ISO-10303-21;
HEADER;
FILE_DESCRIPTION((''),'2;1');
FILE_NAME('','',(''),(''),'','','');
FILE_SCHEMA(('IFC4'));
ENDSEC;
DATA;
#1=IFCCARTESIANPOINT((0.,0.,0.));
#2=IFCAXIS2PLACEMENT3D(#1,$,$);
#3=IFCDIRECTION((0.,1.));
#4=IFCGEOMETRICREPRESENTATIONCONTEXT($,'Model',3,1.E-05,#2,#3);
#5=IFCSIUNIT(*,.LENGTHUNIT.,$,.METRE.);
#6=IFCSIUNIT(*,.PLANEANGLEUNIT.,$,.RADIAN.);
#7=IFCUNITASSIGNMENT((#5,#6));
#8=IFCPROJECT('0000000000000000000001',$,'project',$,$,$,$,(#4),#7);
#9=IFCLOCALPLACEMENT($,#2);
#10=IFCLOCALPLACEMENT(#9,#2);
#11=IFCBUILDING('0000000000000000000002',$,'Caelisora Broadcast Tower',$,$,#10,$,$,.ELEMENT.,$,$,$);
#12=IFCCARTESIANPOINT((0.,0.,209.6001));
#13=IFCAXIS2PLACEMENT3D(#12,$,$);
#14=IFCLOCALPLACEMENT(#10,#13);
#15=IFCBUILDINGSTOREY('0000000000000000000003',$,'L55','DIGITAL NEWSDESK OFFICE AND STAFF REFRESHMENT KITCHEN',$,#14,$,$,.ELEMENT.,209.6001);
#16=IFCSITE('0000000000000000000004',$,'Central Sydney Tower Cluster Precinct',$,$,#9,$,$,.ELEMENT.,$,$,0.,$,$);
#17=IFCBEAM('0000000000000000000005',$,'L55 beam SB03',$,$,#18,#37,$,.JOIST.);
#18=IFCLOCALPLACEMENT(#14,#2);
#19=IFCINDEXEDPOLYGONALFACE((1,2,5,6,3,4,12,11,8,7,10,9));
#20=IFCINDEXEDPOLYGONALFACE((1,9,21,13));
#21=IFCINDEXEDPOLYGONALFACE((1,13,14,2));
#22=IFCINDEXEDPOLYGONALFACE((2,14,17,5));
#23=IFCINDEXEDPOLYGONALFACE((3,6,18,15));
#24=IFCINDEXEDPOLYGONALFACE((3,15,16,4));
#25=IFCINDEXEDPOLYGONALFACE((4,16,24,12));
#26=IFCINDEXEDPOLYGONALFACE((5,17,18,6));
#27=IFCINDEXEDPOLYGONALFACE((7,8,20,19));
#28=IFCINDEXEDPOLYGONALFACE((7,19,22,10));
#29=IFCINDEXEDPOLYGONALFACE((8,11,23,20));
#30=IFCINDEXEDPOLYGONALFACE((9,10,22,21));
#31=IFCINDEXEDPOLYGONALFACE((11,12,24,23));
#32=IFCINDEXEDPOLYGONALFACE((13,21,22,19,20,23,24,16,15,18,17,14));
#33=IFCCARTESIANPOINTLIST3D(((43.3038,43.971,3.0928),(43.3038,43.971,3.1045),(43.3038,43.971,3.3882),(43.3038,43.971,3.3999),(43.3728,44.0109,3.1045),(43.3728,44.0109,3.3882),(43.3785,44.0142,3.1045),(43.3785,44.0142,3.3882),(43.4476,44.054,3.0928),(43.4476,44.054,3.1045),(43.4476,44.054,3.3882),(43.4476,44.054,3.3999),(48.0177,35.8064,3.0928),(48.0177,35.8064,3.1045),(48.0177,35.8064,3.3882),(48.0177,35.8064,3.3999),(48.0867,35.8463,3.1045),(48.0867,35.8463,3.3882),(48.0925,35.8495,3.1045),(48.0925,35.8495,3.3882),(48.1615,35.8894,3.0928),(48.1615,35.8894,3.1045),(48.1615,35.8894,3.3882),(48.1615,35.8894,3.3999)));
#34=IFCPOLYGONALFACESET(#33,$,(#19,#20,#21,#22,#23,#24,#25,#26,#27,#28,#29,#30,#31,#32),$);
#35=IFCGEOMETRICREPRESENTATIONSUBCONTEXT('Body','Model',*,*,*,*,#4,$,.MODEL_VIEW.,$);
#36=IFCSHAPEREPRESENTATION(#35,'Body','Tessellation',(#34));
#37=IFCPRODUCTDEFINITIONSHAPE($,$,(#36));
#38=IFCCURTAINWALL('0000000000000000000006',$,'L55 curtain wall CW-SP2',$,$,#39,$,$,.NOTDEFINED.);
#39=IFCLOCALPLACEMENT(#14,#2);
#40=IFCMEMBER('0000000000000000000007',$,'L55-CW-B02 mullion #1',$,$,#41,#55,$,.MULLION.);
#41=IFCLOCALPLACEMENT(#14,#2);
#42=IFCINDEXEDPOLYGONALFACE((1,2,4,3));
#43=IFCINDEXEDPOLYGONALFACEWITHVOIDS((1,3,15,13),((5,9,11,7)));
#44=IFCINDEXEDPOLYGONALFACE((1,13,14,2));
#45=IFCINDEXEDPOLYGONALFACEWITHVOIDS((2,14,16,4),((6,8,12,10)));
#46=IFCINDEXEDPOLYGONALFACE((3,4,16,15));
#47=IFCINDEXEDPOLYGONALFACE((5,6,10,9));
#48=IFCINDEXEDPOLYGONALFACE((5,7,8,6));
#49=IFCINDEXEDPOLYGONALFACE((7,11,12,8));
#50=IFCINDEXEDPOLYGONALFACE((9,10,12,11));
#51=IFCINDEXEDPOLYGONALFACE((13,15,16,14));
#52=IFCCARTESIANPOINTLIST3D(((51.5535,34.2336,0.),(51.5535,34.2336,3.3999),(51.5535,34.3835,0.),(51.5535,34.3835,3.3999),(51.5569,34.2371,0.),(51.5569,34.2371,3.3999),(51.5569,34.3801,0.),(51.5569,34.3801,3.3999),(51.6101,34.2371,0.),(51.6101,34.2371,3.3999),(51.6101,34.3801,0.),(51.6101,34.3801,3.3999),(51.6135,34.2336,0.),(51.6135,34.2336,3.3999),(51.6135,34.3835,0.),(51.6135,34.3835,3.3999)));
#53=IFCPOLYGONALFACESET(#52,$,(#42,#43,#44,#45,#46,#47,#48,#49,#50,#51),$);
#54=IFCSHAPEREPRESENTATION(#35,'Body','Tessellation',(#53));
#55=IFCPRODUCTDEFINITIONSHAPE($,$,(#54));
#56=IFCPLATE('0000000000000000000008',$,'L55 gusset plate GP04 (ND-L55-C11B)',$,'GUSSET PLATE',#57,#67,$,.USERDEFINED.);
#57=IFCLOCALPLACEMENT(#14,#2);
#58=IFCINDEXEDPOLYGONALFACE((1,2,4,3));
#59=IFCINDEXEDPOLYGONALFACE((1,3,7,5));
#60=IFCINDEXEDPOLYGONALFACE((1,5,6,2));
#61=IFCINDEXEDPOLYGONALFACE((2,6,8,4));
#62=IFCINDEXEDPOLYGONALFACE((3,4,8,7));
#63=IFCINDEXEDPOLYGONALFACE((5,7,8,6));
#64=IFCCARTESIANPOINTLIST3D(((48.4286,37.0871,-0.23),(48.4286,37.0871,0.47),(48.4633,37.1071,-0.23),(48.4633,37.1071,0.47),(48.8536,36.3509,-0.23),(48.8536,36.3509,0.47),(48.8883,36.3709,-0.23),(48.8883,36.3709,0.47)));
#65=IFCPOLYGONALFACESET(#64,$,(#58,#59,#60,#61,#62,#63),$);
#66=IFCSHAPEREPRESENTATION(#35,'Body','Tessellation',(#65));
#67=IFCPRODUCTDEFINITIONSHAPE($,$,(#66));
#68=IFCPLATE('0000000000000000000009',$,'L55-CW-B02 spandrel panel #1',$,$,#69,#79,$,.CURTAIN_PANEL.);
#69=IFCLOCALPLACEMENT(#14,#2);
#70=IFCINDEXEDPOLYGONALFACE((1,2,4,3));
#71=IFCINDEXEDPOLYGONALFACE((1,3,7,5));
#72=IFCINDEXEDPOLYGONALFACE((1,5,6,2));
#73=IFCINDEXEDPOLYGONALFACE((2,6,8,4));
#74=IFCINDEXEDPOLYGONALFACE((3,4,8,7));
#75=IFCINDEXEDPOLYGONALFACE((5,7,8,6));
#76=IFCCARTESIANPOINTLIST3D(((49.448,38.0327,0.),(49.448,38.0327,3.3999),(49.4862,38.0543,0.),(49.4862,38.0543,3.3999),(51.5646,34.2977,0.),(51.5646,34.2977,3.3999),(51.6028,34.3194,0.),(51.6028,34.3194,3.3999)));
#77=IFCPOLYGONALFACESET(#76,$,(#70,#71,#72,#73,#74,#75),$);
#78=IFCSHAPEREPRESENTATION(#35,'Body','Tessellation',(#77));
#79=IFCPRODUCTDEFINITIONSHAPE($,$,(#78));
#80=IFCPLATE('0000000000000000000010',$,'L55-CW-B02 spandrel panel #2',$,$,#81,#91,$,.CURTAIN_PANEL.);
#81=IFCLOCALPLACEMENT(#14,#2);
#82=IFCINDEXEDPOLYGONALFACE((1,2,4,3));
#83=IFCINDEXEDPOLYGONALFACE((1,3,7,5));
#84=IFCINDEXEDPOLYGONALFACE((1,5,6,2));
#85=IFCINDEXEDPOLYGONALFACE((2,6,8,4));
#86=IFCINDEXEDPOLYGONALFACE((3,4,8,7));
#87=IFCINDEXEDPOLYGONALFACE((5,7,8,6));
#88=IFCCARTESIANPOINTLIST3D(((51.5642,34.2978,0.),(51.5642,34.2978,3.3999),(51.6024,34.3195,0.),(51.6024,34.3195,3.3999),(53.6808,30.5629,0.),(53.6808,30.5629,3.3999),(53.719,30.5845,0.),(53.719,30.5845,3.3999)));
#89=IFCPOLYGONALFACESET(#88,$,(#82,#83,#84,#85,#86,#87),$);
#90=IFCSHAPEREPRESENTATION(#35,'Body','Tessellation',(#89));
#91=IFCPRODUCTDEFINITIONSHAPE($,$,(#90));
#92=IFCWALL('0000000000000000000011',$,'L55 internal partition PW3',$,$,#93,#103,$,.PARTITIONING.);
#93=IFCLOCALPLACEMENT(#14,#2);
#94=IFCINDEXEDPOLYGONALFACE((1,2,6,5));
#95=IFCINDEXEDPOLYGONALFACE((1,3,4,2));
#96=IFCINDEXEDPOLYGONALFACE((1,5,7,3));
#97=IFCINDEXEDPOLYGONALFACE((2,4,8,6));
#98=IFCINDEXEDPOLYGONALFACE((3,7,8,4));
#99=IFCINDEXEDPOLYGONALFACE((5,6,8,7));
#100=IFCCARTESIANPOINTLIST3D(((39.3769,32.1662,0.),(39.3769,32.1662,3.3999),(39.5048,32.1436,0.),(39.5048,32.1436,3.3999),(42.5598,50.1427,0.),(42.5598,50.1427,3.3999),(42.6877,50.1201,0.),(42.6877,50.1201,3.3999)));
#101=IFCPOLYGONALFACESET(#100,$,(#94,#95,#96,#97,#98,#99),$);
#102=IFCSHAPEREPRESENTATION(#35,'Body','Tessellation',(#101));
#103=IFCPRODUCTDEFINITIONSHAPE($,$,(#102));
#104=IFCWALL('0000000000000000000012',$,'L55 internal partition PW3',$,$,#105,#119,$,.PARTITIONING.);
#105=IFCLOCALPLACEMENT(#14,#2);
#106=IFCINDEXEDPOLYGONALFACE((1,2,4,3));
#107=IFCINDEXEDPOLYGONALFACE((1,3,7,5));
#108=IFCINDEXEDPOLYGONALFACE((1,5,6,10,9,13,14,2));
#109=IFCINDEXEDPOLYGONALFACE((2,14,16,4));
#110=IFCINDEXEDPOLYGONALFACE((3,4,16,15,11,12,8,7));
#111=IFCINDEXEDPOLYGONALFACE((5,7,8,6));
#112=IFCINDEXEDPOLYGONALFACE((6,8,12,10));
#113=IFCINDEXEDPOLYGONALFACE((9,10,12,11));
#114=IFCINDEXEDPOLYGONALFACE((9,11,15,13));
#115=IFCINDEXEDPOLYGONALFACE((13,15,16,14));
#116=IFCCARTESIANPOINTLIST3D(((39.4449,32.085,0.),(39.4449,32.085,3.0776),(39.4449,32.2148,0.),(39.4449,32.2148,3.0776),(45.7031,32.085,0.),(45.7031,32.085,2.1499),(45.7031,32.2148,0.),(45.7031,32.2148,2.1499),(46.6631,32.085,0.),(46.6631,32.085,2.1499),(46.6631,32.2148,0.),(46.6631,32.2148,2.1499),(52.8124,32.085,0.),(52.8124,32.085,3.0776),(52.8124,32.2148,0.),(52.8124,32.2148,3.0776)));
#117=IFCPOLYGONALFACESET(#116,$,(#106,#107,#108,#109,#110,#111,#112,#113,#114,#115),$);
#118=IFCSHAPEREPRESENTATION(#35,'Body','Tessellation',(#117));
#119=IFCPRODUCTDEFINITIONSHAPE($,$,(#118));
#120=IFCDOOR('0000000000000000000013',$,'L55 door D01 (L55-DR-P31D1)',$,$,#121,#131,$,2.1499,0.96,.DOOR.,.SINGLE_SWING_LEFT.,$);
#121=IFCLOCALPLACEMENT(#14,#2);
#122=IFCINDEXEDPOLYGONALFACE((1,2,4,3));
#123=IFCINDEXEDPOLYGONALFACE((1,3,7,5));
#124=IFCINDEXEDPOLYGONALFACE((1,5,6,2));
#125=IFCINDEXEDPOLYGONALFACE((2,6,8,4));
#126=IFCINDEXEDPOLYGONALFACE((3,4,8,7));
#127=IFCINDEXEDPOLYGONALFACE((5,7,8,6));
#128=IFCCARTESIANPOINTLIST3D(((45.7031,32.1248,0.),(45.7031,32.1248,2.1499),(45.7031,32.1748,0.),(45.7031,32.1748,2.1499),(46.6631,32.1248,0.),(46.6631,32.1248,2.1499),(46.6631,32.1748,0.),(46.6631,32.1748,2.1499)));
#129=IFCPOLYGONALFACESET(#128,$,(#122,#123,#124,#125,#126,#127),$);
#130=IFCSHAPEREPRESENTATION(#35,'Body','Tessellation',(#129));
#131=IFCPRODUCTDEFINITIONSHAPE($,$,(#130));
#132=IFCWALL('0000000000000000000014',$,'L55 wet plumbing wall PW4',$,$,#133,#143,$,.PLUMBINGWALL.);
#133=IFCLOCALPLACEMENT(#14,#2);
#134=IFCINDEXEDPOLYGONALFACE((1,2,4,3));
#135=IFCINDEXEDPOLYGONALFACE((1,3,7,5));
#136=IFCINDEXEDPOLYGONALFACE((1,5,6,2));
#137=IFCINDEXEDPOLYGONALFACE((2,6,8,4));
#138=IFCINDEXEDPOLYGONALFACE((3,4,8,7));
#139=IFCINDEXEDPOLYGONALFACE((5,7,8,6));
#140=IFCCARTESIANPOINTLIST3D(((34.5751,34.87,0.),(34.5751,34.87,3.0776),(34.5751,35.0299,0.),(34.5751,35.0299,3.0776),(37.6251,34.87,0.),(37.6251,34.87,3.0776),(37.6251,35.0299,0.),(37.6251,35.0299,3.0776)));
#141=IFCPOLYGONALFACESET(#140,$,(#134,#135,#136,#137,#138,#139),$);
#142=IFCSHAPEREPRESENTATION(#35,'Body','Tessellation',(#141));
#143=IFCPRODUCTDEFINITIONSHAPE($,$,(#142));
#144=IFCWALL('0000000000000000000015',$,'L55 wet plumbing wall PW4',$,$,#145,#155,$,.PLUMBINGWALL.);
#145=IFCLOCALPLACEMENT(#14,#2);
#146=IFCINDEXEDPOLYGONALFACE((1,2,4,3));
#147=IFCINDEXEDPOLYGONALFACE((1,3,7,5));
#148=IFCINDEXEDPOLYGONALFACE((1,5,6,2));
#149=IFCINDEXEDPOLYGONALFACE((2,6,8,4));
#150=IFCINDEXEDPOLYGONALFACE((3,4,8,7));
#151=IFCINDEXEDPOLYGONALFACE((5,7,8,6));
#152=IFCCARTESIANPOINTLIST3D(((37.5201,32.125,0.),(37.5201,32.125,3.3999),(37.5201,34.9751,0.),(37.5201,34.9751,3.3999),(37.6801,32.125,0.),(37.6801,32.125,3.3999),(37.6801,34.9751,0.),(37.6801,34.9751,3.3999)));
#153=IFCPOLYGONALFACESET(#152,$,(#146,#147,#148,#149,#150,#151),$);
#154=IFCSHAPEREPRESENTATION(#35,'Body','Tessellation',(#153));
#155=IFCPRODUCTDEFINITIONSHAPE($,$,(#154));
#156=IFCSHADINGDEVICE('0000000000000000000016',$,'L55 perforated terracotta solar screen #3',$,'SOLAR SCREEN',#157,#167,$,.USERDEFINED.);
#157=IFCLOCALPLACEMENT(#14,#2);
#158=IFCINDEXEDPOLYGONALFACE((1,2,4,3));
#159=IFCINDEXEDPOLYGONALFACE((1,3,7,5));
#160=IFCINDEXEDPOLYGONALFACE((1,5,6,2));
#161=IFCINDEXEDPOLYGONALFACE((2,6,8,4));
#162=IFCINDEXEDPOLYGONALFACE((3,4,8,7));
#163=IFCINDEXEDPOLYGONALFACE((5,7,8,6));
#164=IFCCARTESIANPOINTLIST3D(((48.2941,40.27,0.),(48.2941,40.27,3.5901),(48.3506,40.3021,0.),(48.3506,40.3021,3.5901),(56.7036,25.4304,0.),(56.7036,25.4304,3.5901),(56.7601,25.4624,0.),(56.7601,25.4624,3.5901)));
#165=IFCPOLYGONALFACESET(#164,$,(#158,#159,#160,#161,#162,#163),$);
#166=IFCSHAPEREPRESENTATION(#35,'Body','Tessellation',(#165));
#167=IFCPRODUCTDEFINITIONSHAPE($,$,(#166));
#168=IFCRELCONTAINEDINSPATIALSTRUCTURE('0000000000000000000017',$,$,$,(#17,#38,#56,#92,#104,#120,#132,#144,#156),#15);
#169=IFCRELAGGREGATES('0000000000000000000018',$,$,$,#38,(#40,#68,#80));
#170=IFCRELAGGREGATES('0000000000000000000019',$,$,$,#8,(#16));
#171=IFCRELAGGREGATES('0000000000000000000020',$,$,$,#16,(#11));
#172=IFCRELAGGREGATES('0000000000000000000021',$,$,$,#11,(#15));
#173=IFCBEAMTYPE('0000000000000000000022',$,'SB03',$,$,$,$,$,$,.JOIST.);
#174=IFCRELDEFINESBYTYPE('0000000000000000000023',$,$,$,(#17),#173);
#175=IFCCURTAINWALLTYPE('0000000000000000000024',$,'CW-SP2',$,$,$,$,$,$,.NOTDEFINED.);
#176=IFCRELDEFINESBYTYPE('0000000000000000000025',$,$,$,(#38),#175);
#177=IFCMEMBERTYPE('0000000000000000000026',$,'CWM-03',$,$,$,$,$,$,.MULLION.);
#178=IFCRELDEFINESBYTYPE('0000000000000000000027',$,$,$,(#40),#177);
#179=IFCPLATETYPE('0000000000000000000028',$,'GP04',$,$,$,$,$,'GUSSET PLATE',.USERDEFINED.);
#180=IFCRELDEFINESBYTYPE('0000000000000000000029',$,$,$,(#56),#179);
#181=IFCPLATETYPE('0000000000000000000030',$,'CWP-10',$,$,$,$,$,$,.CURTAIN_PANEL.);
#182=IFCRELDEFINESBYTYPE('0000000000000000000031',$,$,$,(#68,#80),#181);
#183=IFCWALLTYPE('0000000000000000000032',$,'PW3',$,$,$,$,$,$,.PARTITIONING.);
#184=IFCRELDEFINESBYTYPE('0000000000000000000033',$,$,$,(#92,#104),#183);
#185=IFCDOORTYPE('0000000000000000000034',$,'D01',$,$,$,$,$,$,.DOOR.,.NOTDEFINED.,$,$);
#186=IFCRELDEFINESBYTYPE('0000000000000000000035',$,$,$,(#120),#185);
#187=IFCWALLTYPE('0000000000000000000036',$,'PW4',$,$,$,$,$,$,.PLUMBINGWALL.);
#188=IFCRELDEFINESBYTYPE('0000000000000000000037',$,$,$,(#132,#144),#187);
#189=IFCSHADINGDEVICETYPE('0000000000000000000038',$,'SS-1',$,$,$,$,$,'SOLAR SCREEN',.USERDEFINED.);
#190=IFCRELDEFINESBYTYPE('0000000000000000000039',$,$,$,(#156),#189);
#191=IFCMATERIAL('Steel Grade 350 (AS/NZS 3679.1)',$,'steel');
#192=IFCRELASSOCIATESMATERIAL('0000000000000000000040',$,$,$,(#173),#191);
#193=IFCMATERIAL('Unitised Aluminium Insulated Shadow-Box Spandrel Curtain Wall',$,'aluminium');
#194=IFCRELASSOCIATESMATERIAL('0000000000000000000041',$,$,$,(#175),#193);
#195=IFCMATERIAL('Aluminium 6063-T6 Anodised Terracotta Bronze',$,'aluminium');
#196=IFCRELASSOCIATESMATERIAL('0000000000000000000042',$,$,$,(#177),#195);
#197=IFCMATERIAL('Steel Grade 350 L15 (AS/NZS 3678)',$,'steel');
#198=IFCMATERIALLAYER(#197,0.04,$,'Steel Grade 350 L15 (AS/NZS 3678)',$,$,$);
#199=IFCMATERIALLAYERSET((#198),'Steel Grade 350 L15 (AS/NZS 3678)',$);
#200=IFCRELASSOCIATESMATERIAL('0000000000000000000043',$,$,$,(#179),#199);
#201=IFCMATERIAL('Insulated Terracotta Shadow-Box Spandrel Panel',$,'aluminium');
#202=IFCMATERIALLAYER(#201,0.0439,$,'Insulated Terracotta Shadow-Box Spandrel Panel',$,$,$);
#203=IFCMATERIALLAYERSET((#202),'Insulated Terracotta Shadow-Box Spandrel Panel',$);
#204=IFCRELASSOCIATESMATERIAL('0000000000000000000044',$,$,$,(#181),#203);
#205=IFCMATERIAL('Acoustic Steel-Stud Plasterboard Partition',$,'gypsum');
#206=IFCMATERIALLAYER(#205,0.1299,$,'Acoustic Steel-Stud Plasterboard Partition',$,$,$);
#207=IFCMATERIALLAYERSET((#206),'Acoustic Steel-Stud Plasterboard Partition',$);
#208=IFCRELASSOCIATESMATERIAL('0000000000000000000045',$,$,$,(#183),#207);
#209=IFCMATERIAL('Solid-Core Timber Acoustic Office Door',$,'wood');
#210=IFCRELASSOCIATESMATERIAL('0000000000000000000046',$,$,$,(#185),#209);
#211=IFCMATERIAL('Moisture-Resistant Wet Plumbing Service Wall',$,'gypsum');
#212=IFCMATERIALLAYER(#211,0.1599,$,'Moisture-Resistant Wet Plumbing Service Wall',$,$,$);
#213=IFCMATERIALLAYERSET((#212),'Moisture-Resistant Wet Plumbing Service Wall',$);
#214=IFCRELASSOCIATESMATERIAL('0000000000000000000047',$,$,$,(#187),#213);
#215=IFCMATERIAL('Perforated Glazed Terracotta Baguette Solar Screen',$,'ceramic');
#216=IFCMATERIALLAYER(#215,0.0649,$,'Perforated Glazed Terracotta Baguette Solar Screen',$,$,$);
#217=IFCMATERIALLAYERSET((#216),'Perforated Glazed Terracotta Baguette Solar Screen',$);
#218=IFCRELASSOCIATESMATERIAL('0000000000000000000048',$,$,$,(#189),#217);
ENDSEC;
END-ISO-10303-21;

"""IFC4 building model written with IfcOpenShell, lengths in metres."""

from ifc_helpers import new_model, si_unit, direction, frame, frame_2d, origin, origin_2d, place, context, subcontext, project, spatial, rectangle, hollow_rectangle, i_section, extrude, source, transform, mapped, material, layer, layer_set, material_profile, profile_set, type_object, type_shapes, element, fill, aggregate, save


model = new_model("IFC4")

# Units and contexts
model_context = context("Model", 3, precision=1e-05, world=origin(), true_north=direction((0.0, 1.0)))
body_context = subcontext(model_context, "Body", "Model", "MODEL_VIEW")
ifc_project = project(units=[si_unit("LENGTHUNIT", "METRE"), si_unit("PLANEANGLEUNIT", "RADIAN")], contexts=[model_context])

# Site, building, storey
site_placement = place(None, origin())
site = spatial("IfcSite", under=ifc_project, at=site_placement, Name="Central Sydney Tower Cluster Precinct", CompositionType="ELEMENT", RefElevation=0.0)
building_placement = place(site_placement, origin())
building = spatial("IfcBuilding", under=site, at=building_placement, Name="Caelisora Broadcast Tower", CompositionType="ELEMENT")
storey_placement = place(building_placement, frame((0.0, 0.0, 209.6001)))
storey = spatial("IfcBuildingStorey", under=building, at=storey_placement, Name="L55", Description="DIGITAL NEWSDESK OFFICE AND STAFF REFRESHMENT KITCHEN", CompositionType="ELEMENT", Elevation=209.6001)

# Shared definitions
ifc_material_1 = material(Name="Steel Grade 350 L15 (AS/NZS 3678)", Category="steel")

# Beam
ifc_material_2 = material(Name="Steel Grade 350 (AS/NZS 3679.1)", Category="steel")
ifc_material_profile_1 = material_profile(ifc_material_2, i_section(OverallWidth=0.166, OverallDepth=0.3071, WebThickness=0.0066, FlangeThickness=0.0117, at=origin_2d()), Name="Steel Grade 350 (AS/NZS 3679.1)")
ifc_profile_set_1 = profile_set([ifc_material_profile_1], Name="Steel Grade 350 (AS/NZS 3679.1)")
beam_type_1 = type_object("IfcBeamType", Name="SB03", PredefinedType="JOIST", material=ifc_profile_set_1)
shared_shape_1 = source(origin(), body_context, "Body", "SweptSolid", [
    extrude(i_section(OverallWidth=0.166, OverallDepth=0.3071, WebThickness=0.0066, FlangeThickness=0.0117, at=origin_2d()), origin(), (0.0, 0.0, 1.0), 9.4277),
])
beam_1_placement = place(storey_placement, frame((48.0896, 35.8479, 3.2463), z_axis=(-0.500005, 0.866023, 0.0), x_axis=(-0.866023, -0.500005, 0.0)))
element("IfcBeam", 1, at=beam_1_placement, inside=storey, type_object=beam_type_1, Name="L55 beam SB03", PredefinedType="JOIST", context=body_context, shape_type="MappedRepresentation", body=[
    mapped(shared_shape_1, transform((0.0, 0.0, 0.0), scale=1.0)),
])

# Curtain wall, member
ifc_material_3 = material(Name="Unitised Aluminium Insulated Shadow-Box Spandrel Curtain Wall", Category="aluminium")
curtain_wall_type = type_object("IfcCurtainWallType", Name="CW-SP2", PredefinedType="NOTDEFINED", material=ifc_material_3)
curtain_wall_placement = place(storey_placement, origin())
curtain_wall = element("IfcCurtainWall", 2, at=curtain_wall_placement, inside=storey, type_object=curtain_wall_type, Name="L55 curtain wall CW-SP2", PredefinedType="NOTDEFINED")
ifc_material_4 = material(Name="Aluminium 6063-T6 Anodised Terracotta Bronze", Category="aluminium")
ifc_material_profile_2 = material_profile(ifc_material_4, hollow_rectangle(XDim=0.0601, YDim=0.1499, WallThickness=0.0034, at=origin_2d()), Name="Aluminium 6063-T6 Anodised Terracotta Bronze")
ifc_profile_set_2 = profile_set([ifc_material_profile_2], Name="Aluminium 6063-T6 Anodised Terracotta Bronze")
member_type = type_object("IfcMemberType", Name="CWM-03", PredefinedType="MULLION", material=ifc_profile_set_2)
shared_shape_2 = source(origin(), body_context, "Body", "SweptSolid", [
    extrude(hollow_rectangle(XDim=0.0601, YDim=0.1499, WallThickness=0.0034, at=origin_2d()), origin(), (0.0, 0.0, 1.0), 3.3999),
])
type_shapes(member_type, [shared_shape_2])
member_placement = place(storey_placement, frame((51.5835, 34.3086, 0.0), z_axis=(0.0, 0.0, 1.0), x_axis=(1.0, 0.0, 0.0)))
member = element("IfcMember", 3, at=member_placement, type_object=member_type, Name="L55-CW-B02 mullion #1", PredefinedType="MULLION", context=body_context, shape_type="MappedRepresentation", body=[
    mapped(shared_shape_2, transform((0.0, 0.0, 0.0), scale=1.0)),
])

# Plates
ifc_layer_1 = layer(ifc_material_1, 0.04, Name="Steel Grade 350 L15 (AS/NZS 3678)")
ifc_layer_set_1 = layer_set([ifc_layer_1], Name="Steel Grade 350 L15 (AS/NZS 3678)")
plate_type_1 = type_object("IfcPlateType", Name="GP04", ElementType="GUSSET PLATE", PredefinedType="USERDEFINED", material=ifc_layer_set_1)
shared_shape_3 = source(origin(), body_context, "Body", "SweptSolid", [
    extrude(rectangle(XDim=0.8501, YDim=0.04, at=origin_2d()), origin(), (0.0, 0.0, 1.0), 0.7),
])
type_shapes(plate_type_1, [shared_shape_3])
plate_1_placement = place(storey_placement, frame((48.6584, 36.729, -0.23), z_axis=(0.0, 0.0, 1.0), x_axis=(-0.5, 0.866025, 0.0)))
element("IfcPlate", 4, at=plate_1_placement, inside=storey, type_object=plate_type_1, Name="L55 gusset plate GP04 (ND-L55-C11B)", ObjectType="GUSSET PLATE", PredefinedType="USERDEFINED", context=body_context, shape_type="MappedRepresentation", body=[
    mapped(shared_shape_3, transform((0.0, 0.0, 0.0), scale=1.0)),
])
ifc_material_5 = material(Name="Insulated Terracotta Shadow-Box Spandrel Panel", Category="aluminium")
ifc_layer_2 = layer(ifc_material_5, 0.0439, Name="Insulated Terracotta Shadow-Box Spandrel Panel")
ifc_layer_set_2 = layer_set([ifc_layer_2], Name="Insulated Terracotta Shadow-Box Spandrel Panel")
plate_type_2 = type_object("IfcPlateType", Name="CWP-10", PredefinedType="CURTAIN_PANEL", material=ifc_layer_set_2)
shared_shape_4 = source(origin(), body_context, "Body", "SweptSolid", [
    extrude(rectangle(XDim=4.293, YDim=0.0439, at=origin_2d()), origin(), (0.0, 0.0, 1.0), 3.3999),
])
type_shapes(plate_type_2, [shared_shape_4])
plate_2_placement = place(storey_placement, frame((50.5254, 36.176, 0.0), z_axis=(0.0, 0.0, 1.0), x_axis=(0.493031, -0.870012, 0.0)))
plate_2 = element("IfcPlate", 5, at=plate_2_placement, type_object=plate_type_2, Name="L55-CW-B02 spandrel panel #1", PredefinedType="CURTAIN_PANEL", context=body_context, shape_type="MappedRepresentation", body=[
    mapped(shared_shape_4, transform((0.0, 0.0, 0.0), scale=1.0)),
])
plate_3_placement = place(storey_placement, frame((52.6416, 32.4412, 0.0), z_axis=(0.0, 0.0, 1.0), x_axis=(0.493031, -0.870012, 0.0)))
plate_3 = element("IfcPlate", 6, at=plate_3_placement, type_object=plate_type_2, Name="L55-CW-B02 spandrel panel #2", PredefinedType="CURTAIN_PANEL", context=body_context, shape_type="MappedRepresentation", body=[
    mapped(shared_shape_4, transform((0.0, 0.0, 0.0), scale=1.0)),
])
aggregate(curtain_wall, [member, plate_2, plate_3])

# Wall
ifc_material_6 = material(Name="Acoustic Steel-Stud Plasterboard Partition", Category="gypsum")
ifc_layer_3 = layer(ifc_material_6, 0.1299, Name="Acoustic Steel-Stud Plasterboard Partition")
ifc_layer_set_3 = layer_set([ifc_layer_3], Name="Acoustic Steel-Stud Plasterboard Partition")
wall_type_1 = type_object("IfcWallType", Name="PW3", PredefinedType="PARTITIONING", material=ifc_layer_set_3)
wall_1_placement = place(storey_placement, frame((39.4409, 32.155, 0.0), z_axis=(0.0, 0.0, 1.0), x_axis=(0.174345, 0.984685, 0.0)))
element("IfcWall", 7, at=wall_1_placement, inside=storey, type_object=wall_type_1, Name="L55 internal partition PW3", PredefinedType="PARTITIONING", context=body_context, shape_type="SweptSolid", body=[
    extrude(rectangle(XDim=18.2561, YDim=0.1299, at=frame_2d((9.1279, 0.0))), origin(), (0.0, 0.0, 1.0), 3.3999),
])

# Wall, opening, door
wall_2_placement = place(storey_placement, frame((39.4451, 32.1499, 0.0), z_axis=(0.0, 0.0, 1.0), x_axis=(1.0, 0.0, 0.0)))
wall_2 = element("IfcWall", 8, at=wall_2_placement, inside=storey, type_object=wall_type_1, Name="L55 internal partition PW3", PredefinedType="PARTITIONING", context=body_context, shape_type="SweptSolid", body=[
    extrude(rectangle(XDim=13.3674, YDim=0.1299, at=frame_2d((6.6836, 0.0))), origin(), (0.0, 0.0, 1.0), 3.0776),
])
opening_1_placement = place(wall_2_placement, frame((6.2581, 0.0, 0.0)))
opening_1 = element("IfcOpeningElement", 9, at=opening_1_placement, cuts=wall_2, PredefinedType="OPENING", context=body_context, shape_type="SweptSolid", body=[
    extrude(rectangle(XDim=0.96, YDim=2.1499, at=frame_2d((0.48, 1.075))), frame((0.0, 0.0769, 0.0), z_axis=(0.0, -1.0, 0.0), x_axis=(1.0, 0.0, 0.0)), (0.0, 0.0, 1.0), 0.1538),
])
ifc_material_7 = material(Name="Solid-Core Timber Acoustic Office Door", Category="wood")
door_type = type_object("IfcDoorType", Name="D01", OperationType="NOTDEFINED", PredefinedType="DOOR", material=ifc_material_7)
door_1_placement = place(opening_1_placement, origin())
door_1 = element("IfcDoor", 10, at=door_1_placement, inside=storey, type_object=door_type, Name="L55 door D01 (L55-DR-P31D1)", OperationType="SINGLE_SWING_LEFT", OverallHeight=2.1499, OverallWidth=0.96, PredefinedType="DOOR", context=body_context, shape_type="SweptSolid", body=[
    extrude(rectangle(XDim=0.96, YDim=2.1499, at=frame_2d((0.48, 1.075))), frame((0.0, 0.0249, 0.0), z_axis=(0.0, -1.0, 0.0), x_axis=(1.0, 0.0, 0.0)), (0.0, 0.0, 1.0), 0.05),
])
fill(opening_1, door_1)

# Walls
ifc_material_8 = material(Name="Moisture-Resistant Wet Plumbing Service Wall", Category="gypsum")
ifc_layer_4 = layer(ifc_material_8, 0.1599, Name="Moisture-Resistant Wet Plumbing Service Wall")
ifc_layer_set_4 = layer_set([ifc_layer_4], Name="Moisture-Resistant Wet Plumbing Service Wall")
wall_type_2 = type_object("IfcWallType", Name="PW4", PredefinedType="PLUMBINGWALL", material=ifc_layer_set_4)
wall_3_placement = place(storey_placement, frame((37.625, 34.95, 0.0), z_axis=(0.0, 0.0, 1.0), x_axis=(-1.0, 0.0, 0.0)))
element("IfcWall", 11, at=wall_3_placement, inside=storey, type_object=wall_type_2, Name="L55 wet plumbing wall PW4", PredefinedType="PLUMBINGWALL", context=body_context, shape_type="SweptSolid", body=[
    extrude(rectangle(XDim=3.05, YDim=0.1599, at=frame_2d((1.5249, 0.0))), origin(), (0.0, 0.0, 1.0), 3.0776),
])
wall_4_placement = place(storey_placement, frame((37.6001, 32.125, 0.0), z_axis=(0.0, 0.0, 1.0), x_axis=(0.0, 1.0, 0.0)))
element("IfcWall", 12, at=wall_4_placement, inside=storey, type_object=wall_type_2, Name="L55 wet plumbing wall PW4", PredefinedType="PLUMBINGWALL", context=body_context, shape_type="SweptSolid", body=[
    extrude(rectangle(XDim=2.8501, YDim=0.1599, at=frame_2d((1.425, 0.0))), origin(), (0.0, 0.0, 1.0), 3.3999),
])

# Shading device
ifc_material_9 = material(Name="Perforated Glazed Terracotta Baguette Solar Screen", Category="ceramic")
ifc_layer_5 = layer(ifc_material_9, 0.0649, Name="Perforated Glazed Terracotta Baguette Solar Screen")
ifc_layer_set_5 = layer_set([ifc_layer_5], Name="Perforated Glazed Terracotta Baguette Solar Screen")
shading_device_type = type_object("IfcShadingDeviceType", Name="SS-1", ElementType="SOLAR SCREEN", PredefinedType="USERDEFINED", material=ifc_layer_set_5)
shared_shape_5 = source(origin(), body_context, "Body", "SweptSolid", [
    extrude(rectangle(XDim=17.0569, YDim=0.0649, at=origin_2d()), origin(), (0.0, 0.0, 1.0), 3.5901),
])
type_shapes(shading_device_type, [shared_shape_5])
shading_device_placement = place(storey_placement, frame((52.5271, 32.8662, 0.0), z_axis=(0.0, 0.0, 1.0), x_axis=(-0.493031, 0.870012, 0.0)))
element("IfcShadingDevice", 13, at=shading_device_placement, inside=storey, type_object=shading_device_type, Name="L55 perforated terracotta solar screen #3", ObjectType="SOLAR SCREEN", PredefinedType="USERDEFINED", context=body_context, shape_type="MappedRepresentation", body=[
    mapped(shared_shape_5, transform((0.0, 0.0, 0.0), scale=1.0)),
])

save(model, "model.ifc")
